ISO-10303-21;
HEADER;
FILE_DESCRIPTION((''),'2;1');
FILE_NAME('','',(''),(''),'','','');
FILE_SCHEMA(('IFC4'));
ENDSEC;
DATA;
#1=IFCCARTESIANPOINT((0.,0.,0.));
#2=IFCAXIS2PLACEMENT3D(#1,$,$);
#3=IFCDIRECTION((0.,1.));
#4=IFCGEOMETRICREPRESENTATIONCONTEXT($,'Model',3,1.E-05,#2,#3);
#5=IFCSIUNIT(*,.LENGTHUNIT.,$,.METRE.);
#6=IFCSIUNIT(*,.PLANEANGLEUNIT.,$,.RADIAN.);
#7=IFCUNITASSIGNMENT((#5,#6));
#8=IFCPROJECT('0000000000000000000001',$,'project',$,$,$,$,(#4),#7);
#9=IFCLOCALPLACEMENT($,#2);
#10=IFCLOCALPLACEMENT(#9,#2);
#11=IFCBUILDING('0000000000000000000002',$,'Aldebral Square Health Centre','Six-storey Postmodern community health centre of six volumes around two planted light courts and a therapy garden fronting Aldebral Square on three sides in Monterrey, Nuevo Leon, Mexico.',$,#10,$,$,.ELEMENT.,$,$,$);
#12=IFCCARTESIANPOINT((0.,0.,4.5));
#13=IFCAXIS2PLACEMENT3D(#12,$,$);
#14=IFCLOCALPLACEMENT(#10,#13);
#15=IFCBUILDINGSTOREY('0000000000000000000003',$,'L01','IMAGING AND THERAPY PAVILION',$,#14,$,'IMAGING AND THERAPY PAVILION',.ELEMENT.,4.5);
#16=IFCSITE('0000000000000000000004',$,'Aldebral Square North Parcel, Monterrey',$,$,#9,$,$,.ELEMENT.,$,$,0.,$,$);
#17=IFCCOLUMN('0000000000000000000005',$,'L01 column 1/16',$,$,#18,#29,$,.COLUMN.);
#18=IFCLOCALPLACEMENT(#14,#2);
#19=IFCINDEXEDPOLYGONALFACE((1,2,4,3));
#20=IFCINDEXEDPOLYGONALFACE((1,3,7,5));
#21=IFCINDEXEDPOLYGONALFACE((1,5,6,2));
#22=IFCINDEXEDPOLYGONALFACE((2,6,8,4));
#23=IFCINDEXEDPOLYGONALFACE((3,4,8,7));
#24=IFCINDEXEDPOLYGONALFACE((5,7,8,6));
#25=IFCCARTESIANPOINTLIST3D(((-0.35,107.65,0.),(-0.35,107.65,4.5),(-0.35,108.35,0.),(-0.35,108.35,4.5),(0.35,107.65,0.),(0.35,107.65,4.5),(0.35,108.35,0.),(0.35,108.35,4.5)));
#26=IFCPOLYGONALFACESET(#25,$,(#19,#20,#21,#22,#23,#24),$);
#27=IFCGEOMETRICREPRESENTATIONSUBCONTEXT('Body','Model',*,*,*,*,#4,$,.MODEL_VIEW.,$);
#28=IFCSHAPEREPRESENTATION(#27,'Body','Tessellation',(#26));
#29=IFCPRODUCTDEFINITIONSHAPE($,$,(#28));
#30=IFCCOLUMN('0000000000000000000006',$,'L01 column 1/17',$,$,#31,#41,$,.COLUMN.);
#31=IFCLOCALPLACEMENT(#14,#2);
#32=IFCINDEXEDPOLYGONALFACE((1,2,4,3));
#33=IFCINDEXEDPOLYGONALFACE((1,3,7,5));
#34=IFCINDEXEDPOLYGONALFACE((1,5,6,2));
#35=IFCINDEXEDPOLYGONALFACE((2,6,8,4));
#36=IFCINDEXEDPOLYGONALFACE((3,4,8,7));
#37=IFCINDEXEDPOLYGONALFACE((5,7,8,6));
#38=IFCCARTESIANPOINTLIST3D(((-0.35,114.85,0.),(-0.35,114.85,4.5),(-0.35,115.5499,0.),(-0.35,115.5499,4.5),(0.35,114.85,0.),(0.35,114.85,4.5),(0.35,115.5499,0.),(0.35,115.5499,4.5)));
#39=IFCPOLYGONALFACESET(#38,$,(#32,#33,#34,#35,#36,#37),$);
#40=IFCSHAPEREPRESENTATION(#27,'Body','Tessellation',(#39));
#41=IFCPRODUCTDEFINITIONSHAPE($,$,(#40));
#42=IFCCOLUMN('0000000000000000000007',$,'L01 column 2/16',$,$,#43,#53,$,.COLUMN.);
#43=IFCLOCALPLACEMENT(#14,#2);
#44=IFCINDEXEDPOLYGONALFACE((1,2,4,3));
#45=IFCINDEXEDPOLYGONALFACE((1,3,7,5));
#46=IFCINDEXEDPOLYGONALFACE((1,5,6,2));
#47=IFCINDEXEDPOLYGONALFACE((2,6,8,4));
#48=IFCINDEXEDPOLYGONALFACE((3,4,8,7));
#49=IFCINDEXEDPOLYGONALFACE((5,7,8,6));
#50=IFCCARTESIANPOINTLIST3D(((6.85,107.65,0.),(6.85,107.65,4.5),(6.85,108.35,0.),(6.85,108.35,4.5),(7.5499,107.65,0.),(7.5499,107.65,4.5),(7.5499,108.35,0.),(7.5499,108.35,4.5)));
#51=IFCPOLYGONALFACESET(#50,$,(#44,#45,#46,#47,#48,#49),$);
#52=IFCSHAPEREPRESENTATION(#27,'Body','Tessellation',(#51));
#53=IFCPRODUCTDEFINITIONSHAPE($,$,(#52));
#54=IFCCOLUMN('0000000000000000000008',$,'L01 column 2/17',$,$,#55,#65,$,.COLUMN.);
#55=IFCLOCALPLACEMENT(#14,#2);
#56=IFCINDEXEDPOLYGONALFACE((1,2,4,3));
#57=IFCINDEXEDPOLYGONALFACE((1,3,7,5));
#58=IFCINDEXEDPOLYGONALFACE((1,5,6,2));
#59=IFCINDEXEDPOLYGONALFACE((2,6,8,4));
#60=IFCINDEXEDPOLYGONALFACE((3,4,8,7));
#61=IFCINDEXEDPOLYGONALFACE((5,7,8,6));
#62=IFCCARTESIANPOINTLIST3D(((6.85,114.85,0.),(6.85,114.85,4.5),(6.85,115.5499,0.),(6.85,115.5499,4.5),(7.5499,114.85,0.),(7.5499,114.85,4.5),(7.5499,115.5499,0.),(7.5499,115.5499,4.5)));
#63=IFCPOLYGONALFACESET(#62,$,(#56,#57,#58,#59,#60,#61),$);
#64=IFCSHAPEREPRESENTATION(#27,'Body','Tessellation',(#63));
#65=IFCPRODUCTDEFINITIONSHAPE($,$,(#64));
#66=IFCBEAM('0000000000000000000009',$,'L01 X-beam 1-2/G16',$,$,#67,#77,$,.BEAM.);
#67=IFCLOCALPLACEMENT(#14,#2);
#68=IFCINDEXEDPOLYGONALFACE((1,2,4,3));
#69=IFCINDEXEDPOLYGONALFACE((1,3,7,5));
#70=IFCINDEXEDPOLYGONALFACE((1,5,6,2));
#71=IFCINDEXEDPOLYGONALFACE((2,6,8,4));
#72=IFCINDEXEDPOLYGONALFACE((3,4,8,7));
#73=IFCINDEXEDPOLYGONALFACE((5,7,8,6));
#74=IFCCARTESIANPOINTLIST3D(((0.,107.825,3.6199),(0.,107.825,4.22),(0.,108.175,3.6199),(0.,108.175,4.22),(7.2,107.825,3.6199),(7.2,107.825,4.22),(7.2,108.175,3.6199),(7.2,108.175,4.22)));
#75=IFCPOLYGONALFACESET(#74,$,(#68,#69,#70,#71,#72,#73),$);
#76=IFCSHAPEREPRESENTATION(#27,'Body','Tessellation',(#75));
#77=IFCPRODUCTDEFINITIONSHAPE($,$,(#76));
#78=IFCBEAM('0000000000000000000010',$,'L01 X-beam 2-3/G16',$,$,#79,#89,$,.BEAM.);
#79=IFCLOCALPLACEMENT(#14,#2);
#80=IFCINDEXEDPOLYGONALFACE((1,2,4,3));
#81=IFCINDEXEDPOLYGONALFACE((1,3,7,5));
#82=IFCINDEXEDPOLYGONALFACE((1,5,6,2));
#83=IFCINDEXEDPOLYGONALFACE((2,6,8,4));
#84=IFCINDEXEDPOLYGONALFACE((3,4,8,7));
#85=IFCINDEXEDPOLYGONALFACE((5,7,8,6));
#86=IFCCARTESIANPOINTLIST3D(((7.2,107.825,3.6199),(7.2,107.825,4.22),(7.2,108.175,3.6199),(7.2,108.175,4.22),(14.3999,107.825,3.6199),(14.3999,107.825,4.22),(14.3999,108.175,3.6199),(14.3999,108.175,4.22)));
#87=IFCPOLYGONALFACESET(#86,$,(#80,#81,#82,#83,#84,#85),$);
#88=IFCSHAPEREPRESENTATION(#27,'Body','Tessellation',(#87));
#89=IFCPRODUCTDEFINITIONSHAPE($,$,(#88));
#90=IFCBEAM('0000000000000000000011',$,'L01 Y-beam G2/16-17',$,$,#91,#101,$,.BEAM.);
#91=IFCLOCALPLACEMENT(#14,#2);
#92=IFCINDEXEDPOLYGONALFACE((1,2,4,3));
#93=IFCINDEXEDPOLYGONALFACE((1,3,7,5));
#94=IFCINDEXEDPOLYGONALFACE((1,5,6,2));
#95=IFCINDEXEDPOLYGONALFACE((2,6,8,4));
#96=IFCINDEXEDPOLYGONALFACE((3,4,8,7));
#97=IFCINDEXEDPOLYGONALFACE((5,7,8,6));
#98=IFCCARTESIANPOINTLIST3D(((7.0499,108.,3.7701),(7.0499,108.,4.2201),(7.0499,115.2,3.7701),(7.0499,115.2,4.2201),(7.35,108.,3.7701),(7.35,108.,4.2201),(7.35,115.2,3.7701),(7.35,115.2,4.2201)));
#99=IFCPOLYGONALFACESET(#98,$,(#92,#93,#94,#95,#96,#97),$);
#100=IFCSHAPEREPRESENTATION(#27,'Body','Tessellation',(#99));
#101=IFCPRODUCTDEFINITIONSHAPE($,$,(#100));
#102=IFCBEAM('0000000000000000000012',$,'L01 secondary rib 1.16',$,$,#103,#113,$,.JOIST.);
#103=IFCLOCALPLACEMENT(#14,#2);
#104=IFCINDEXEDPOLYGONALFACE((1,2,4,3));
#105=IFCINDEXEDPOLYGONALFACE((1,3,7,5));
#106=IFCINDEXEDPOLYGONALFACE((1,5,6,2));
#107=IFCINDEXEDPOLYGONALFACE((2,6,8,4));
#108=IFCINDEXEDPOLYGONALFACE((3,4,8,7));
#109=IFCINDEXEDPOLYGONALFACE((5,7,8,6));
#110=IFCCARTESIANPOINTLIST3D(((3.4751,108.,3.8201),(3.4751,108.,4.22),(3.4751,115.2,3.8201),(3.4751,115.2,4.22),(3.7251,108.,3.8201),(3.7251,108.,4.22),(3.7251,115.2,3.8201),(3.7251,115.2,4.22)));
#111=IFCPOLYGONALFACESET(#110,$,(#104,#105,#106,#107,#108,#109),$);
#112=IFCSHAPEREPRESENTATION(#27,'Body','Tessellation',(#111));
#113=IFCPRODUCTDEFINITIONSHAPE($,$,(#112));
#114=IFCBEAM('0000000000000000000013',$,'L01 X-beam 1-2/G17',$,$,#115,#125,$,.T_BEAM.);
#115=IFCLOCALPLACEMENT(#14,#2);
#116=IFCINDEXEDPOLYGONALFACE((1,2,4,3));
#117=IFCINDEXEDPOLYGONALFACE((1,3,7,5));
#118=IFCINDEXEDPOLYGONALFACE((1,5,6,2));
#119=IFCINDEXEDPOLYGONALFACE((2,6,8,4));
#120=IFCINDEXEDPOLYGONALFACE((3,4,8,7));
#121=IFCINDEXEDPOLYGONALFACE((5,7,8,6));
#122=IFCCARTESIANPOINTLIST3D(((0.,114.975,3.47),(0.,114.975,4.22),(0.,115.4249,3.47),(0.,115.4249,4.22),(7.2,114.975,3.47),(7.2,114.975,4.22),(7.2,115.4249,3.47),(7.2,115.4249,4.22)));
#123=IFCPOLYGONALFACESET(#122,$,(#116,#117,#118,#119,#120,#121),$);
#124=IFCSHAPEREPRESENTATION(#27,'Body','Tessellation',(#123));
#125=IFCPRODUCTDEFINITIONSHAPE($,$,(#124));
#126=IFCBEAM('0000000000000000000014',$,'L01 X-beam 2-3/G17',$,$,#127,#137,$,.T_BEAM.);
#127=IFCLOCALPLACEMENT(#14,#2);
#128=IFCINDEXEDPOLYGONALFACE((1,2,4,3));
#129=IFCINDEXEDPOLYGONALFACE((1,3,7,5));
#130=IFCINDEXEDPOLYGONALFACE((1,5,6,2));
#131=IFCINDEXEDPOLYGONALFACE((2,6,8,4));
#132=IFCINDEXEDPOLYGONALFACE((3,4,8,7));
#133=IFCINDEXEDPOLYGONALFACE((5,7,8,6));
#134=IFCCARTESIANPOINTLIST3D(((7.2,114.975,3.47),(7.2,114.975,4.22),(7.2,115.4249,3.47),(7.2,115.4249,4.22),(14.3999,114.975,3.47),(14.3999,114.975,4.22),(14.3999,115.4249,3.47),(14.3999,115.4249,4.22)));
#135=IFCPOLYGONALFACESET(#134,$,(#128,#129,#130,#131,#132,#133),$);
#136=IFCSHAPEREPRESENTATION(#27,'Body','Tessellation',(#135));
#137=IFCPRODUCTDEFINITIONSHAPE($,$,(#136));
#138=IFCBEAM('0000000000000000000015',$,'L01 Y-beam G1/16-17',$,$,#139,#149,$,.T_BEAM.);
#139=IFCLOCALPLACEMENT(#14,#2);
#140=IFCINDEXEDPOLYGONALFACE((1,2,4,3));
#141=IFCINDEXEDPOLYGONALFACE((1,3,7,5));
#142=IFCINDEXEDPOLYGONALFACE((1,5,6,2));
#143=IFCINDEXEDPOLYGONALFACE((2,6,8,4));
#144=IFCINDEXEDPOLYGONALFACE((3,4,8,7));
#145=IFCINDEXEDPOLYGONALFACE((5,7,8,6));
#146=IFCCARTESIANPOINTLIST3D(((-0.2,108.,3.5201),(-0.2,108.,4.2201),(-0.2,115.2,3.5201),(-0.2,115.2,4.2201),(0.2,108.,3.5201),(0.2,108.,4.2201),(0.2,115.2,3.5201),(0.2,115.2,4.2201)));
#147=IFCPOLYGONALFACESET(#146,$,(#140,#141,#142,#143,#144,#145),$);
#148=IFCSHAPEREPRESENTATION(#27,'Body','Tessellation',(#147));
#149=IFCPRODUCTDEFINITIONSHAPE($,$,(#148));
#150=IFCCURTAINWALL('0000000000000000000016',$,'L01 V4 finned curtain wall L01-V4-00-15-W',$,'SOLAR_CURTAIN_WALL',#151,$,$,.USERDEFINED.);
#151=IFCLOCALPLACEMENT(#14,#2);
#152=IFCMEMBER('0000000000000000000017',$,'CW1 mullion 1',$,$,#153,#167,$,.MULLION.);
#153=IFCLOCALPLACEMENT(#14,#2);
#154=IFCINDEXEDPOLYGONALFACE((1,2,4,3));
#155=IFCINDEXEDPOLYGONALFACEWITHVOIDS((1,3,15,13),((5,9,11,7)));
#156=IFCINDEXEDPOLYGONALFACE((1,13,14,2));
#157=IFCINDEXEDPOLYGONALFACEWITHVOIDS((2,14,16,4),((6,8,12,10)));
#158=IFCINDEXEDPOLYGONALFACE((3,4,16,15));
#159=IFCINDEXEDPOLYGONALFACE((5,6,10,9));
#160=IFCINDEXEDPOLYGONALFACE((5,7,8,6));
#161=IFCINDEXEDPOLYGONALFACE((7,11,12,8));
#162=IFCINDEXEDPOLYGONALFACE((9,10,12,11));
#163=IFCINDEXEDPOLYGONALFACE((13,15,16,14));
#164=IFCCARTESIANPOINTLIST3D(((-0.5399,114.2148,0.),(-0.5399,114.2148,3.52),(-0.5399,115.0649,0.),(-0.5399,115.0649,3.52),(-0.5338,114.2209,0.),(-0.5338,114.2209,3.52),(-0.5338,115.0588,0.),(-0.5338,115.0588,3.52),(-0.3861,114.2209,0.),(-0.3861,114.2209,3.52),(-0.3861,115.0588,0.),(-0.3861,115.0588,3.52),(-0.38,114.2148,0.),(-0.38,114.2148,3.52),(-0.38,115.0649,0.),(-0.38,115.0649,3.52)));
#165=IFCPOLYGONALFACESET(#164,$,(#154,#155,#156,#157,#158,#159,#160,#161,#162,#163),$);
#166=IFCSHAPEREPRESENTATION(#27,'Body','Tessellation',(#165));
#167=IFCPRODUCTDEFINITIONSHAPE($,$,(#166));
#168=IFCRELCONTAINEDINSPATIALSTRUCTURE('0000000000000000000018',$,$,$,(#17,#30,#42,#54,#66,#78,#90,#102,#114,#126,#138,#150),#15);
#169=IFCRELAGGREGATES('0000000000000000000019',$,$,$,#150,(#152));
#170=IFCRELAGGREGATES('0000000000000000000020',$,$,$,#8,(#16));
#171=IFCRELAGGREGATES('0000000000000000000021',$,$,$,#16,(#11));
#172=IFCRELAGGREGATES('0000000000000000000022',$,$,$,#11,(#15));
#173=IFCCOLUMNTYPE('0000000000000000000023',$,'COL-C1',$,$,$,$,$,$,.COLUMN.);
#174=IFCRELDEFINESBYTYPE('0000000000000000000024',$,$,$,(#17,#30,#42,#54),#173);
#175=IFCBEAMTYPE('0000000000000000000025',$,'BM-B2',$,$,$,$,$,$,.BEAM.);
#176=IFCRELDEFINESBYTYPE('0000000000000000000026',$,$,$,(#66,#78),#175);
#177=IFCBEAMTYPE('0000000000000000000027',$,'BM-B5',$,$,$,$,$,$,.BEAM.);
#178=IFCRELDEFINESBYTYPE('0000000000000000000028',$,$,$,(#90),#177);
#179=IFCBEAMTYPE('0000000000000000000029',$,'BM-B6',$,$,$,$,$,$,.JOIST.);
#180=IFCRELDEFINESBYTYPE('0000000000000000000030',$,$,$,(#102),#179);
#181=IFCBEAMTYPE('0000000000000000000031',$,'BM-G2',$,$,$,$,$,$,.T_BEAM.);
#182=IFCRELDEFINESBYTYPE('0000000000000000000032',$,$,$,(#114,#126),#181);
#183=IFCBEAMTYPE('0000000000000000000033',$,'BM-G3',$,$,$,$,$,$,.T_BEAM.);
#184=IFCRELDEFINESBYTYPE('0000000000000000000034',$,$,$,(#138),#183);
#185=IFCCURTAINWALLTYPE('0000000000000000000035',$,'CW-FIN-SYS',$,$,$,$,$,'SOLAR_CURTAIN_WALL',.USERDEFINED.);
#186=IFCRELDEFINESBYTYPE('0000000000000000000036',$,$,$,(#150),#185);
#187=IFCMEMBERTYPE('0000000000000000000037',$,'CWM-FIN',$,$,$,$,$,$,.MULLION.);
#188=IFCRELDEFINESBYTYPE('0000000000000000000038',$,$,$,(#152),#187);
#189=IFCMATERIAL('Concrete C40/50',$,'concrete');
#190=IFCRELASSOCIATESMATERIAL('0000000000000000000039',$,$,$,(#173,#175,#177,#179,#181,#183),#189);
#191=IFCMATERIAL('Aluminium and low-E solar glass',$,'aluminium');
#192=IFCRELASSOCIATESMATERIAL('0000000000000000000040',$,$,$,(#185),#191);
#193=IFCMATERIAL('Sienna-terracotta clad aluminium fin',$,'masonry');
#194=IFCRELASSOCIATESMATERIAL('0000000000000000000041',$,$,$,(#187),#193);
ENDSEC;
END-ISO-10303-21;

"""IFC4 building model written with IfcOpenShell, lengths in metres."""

from ifc_helpers import new_model, si_unit, direction, frame, origin, origin_2d, place, context, subcontext, project, spatial, rectangle, hollow_rectangle, extrude, material, material_profile, profile_set, type_object, element, aggregate, save


model = new_model("IFC4")

# Units and contexts
model_context = context("Model", 3, precision=1e-05, world=origin(), true_north=direction((0.0, 1.0)))
body_context = subcontext(model_context, "Body", "Model", "MODEL_VIEW")
ifc_project = project(units=[si_unit("LENGTHUNIT", "METRE"), si_unit("PLANEANGLEUNIT", "RADIAN")], contexts=[model_context])

# Site, building, storey
site_placement = place(None, origin())
site = spatial("IfcSite", under=ifc_project, at=site_placement, Name="Aldebral Square North Parcel, Monterrey", CompositionType="ELEMENT", RefElevation=0.0)
building_placement = place(site_placement, origin())
building = spatial("IfcBuilding", under=site, at=building_placement, Name="Aldebral Square Health Centre", Description="Six-storey Postmodern community health centre of six volumes around two planted light courts and a therapy garden fronting Aldebral Square on three sides in Monterrey, Nuevo Leon, Mexico.", CompositionType="ELEMENT")
storey_placement = place(building_placement, frame((0.0, 0.0, 4.5)))
storey = spatial("IfcBuildingStorey", under=building, at=storey_placement, Name="L01", Description="IMAGING AND THERAPY PAVILION", LongName="IMAGING AND THERAPY PAVILION", CompositionType="ELEMENT", Elevation=4.5)

# Columns
ifc_material_1 = material(Name="Concrete C40/50", Category="concrete")
ifc_material_profile_1 = material_profile(ifc_material_1, rectangle(XDim=0.7, YDim=0.7, at=origin_2d()), Name="RC 700x700")
ifc_profile_set_1 = profile_set([ifc_material_profile_1], Name="Concrete C40/50")
column_type = type_object("IfcColumnType", Name="COL-C1", PredefinedType="COLUMN", material=ifc_profile_set_1)
for number, where, z_axis, x_axis, name in (
    (1, (0.0, 108.0, 0.0), (0.0, 0.0, 1.0), (1.0, 0.0, 0.0), "L01 column 1/16"),
    (2, (0.0, 115.2, 0.0), (0.0, 0.0, 1.0), (1.0, 0.0, 0.0), "L01 column 1/17"),
    (3, (7.2, 108.0, 0.0), (0.0, 0.0, 1.0), (1.0, 0.0, 0.0), "L01 column 2/16"),
    (4, (7.2, 115.2, 0.0), (0.0, 0.0, 1.0), (1.0, 0.0, 0.0), "L01 column 2/17"),
):
    element("IfcColumn", number, at=place(storey_placement, frame(where, z_axis=z_axis, x_axis=x_axis)), inside=storey, type_object=column_type, Name=name, PredefinedType="COLUMN", context=body_context, shape_type="SweptSolid", body=[
        extrude(rectangle(XDim=0.7, YDim=0.7, at=origin_2d()), origin(), (0.0, 0.0, 1.0), 4.5),
    ])

# Beams
ifc_material_profile_2 = material_profile(ifc_material_1, rectangle(XDim=0.3501, YDim=0.6001, at=origin_2d()), Name="RC 350x600")
ifc_profile_set_2 = profile_set([ifc_material_profile_2], Name="Concrete C40/50")
beam_type_1 = type_object("IfcBeamType", Name="BM-B2", PredefinedType="BEAM", material=ifc_profile_set_2)
for number, where, z_axis, x_axis, name in (
    (5, (0.0, 108.0, 3.9199), (1.0, 0.0, 0.0), (0.0, 1.0, 0.0), "L01 X-beam 1-2/G16"),
    (6, (7.2, 108.0, 3.9199), (1.0, 0.0, 0.0), (0.0, 1.0, 0.0), "L01 X-beam 2-3/G16"),
):
    element("IfcBeam", number, at=place(storey_placement, frame(where, z_axis=z_axis, x_axis=x_axis)), inside=storey, type_object=beam_type_1, Name=name, PredefinedType="BEAM", context=body_context, shape_type="SweptSolid", body=[
        extrude(rectangle(XDim=0.3501, YDim=0.6001, at=origin_2d()), origin(), (0.0, 0.0, 1.0), 7.2),
    ])
ifc_material_profile_3 = material_profile(ifc_material_1, rectangle(XDim=0.3, YDim=0.45, at=origin_2d()), Name="RC 300x450")
ifc_profile_set_3 = profile_set([ifc_material_profile_3], Name="Concrete C40/50")
beam_type_2 = type_object("IfcBeamType", Name="BM-B5", PredefinedType="BEAM", material=ifc_profile_set_3)
beam_1_placement = place(storey_placement, frame((7.2, 108.0, 3.9951), z_axis=(0.0, 1.0, 0.0), x_axis=(-1.0, 0.0, 0.0)))
element("IfcBeam", 7, at=beam_1_placement, inside=storey, type_object=beam_type_2, Name="L01 Y-beam G2/16-17", PredefinedType="BEAM", context=body_context, shape_type="SweptSolid", body=[
    extrude(rectangle(XDim=0.3, YDim=0.45, at=origin_2d()), origin(), (0.0, 0.0, 1.0), 7.2),
])
ifc_material_profile_4 = material_profile(ifc_material_1, rectangle(XDim=0.25, YDim=0.3999, at=origin_2d()), Name="RC 250x400")
ifc_profile_set_4 = profile_set([ifc_material_profile_4], Name="Concrete C40/50")
beam_type_3 = type_object("IfcBeamType", Name="BM-B6", PredefinedType="JOIST", material=ifc_profile_set_4)
beam_2_placement = place(storey_placement, frame((3.6001, 108.0, 4.02), z_axis=(0.0, 1.0, 0.0), x_axis=(-1.0, 0.0, 0.0)))
element("IfcBeam", 8, at=beam_2_placement, inside=storey, type_object=beam_type_3, Name="L01 secondary rib 1.16", PredefinedType="JOIST", context=body_context, shape_type="SweptSolid", body=[
    extrude(rectangle(XDim=0.25, YDim=0.3999, at=origin_2d()), origin(), (0.0, 0.0, 1.0), 7.2),
])
ifc_material_profile_5 = material_profile(ifc_material_1, rectangle(XDim=0.45, YDim=0.75, at=origin_2d()), Name="RC 450x750")
ifc_profile_set_5 = profile_set([ifc_material_profile_5], Name="Concrete C40/50")
beam_type_4 = type_object("IfcBeamType", Name="BM-G2", PredefinedType="T_BEAM", material=ifc_profile_set_5)
for number, where, z_axis, x_axis, name in (
    (9, (0.0, 115.2, 3.845), (1.0, 0.0, 0.0), (0.0, 1.0, 0.0), "L01 X-beam 1-2/G17"),
    (10, (7.2, 115.2, 3.845), (1.0, 0.0, 0.0), (0.0, 1.0, 0.0), "L01 X-beam 2-3/G17"),
):
    element("IfcBeam", number, at=place(storey_placement, frame(where, z_axis=z_axis, x_axis=x_axis)), inside=storey, type_object=beam_type_4, Name=name, PredefinedType="T_BEAM", context=body_context, shape_type="SweptSolid", body=[
        extrude(rectangle(XDim=0.45, YDim=0.75, at=origin_2d()), origin(), (0.0, 0.0, 1.0), 7.2),
    ])
ifc_material_profile_6 = material_profile(ifc_material_1, rectangle(XDim=0.3999, YDim=0.7, at=origin_2d()), Name="RC 400x700")
ifc_profile_set_6 = profile_set([ifc_material_profile_6], Name="Concrete C40/50")
beam_type_5 = type_object("IfcBeamType", Name="BM-G3", PredefinedType="T_BEAM", material=ifc_profile_set_6)
beam_3_placement = place(storey_placement, frame((0.0, 108.0, 3.8701), z_axis=(0.0, 1.0, 0.0), x_axis=(-1.0, 0.0, 0.0)))
element("IfcBeam", 11, at=beam_3_placement, inside=storey, type_object=beam_type_5, Name="L01 Y-beam G1/16-17", PredefinedType="T_BEAM", context=body_context, shape_type="SweptSolid", body=[
    extrude(rectangle(XDim=0.3999, YDim=0.7, at=origin_2d()), origin(), (0.0, 0.0, 1.0), 7.2),
])

# Curtain wall, member
ifc_material_2 = material(Name="Aluminium and low-E solar glass", Category="aluminium")
curtain_wall_type = type_object("IfcCurtainWallType", Name="CW-FIN-SYS", ElementType="SOLAR_CURTAIN_WALL", PredefinedType="USERDEFINED", material=ifc_material_2)
curtain_wall_placement = place(storey_placement, origin())
curtain_wall = element("IfcCurtainWall", 12, at=curtain_wall_placement, inside=storey, type_object=curtain_wall_type, Name="L01 V4 finned curtain wall L01-V4-00-15-W", ObjectType="SOLAR_CURTAIN_WALL", PredefinedType="USERDEFINED")
ifc_material_3 = material(Name="Sienna-terracotta clad aluminium fin", Category="masonry")
ifc_material_profile_7 = material_profile(ifc_material_3, hollow_rectangle(XDim=0.1599, YDim=0.8501, WallThickness=0.0061, at=origin_2d()), Name="FIN 160x850x6")
ifc_profile_set_7 = profile_set([ifc_material_profile_7], Name="Sienna-terracotta clad aluminium fin")
member_type = type_object("IfcMemberType", Name="CWM-FIN", PredefinedType="MULLION", material=ifc_profile_set_7)
member_placement = place(storey_placement, frame((-0.46, 114.6399, 0.0), z_axis=(0.0, 0.0, 1.0), x_axis=(1.0, 0.0, 0.0)))
member = element("IfcMember", 13, at=member_placement, type_object=member_type, Name="CW1 mullion 1", PredefinedType="MULLION", context=body_context, shape_type="SweptSolid", body=[
    extrude(hollow_rectangle(XDim=0.1599, YDim=0.8501, WallThickness=0.0061, at=origin_2d()), origin(), (0.0, 0.0, 1.0), 3.52),
])
aggregate(curtain_wall, [member])

save(model, "model.ifc")
